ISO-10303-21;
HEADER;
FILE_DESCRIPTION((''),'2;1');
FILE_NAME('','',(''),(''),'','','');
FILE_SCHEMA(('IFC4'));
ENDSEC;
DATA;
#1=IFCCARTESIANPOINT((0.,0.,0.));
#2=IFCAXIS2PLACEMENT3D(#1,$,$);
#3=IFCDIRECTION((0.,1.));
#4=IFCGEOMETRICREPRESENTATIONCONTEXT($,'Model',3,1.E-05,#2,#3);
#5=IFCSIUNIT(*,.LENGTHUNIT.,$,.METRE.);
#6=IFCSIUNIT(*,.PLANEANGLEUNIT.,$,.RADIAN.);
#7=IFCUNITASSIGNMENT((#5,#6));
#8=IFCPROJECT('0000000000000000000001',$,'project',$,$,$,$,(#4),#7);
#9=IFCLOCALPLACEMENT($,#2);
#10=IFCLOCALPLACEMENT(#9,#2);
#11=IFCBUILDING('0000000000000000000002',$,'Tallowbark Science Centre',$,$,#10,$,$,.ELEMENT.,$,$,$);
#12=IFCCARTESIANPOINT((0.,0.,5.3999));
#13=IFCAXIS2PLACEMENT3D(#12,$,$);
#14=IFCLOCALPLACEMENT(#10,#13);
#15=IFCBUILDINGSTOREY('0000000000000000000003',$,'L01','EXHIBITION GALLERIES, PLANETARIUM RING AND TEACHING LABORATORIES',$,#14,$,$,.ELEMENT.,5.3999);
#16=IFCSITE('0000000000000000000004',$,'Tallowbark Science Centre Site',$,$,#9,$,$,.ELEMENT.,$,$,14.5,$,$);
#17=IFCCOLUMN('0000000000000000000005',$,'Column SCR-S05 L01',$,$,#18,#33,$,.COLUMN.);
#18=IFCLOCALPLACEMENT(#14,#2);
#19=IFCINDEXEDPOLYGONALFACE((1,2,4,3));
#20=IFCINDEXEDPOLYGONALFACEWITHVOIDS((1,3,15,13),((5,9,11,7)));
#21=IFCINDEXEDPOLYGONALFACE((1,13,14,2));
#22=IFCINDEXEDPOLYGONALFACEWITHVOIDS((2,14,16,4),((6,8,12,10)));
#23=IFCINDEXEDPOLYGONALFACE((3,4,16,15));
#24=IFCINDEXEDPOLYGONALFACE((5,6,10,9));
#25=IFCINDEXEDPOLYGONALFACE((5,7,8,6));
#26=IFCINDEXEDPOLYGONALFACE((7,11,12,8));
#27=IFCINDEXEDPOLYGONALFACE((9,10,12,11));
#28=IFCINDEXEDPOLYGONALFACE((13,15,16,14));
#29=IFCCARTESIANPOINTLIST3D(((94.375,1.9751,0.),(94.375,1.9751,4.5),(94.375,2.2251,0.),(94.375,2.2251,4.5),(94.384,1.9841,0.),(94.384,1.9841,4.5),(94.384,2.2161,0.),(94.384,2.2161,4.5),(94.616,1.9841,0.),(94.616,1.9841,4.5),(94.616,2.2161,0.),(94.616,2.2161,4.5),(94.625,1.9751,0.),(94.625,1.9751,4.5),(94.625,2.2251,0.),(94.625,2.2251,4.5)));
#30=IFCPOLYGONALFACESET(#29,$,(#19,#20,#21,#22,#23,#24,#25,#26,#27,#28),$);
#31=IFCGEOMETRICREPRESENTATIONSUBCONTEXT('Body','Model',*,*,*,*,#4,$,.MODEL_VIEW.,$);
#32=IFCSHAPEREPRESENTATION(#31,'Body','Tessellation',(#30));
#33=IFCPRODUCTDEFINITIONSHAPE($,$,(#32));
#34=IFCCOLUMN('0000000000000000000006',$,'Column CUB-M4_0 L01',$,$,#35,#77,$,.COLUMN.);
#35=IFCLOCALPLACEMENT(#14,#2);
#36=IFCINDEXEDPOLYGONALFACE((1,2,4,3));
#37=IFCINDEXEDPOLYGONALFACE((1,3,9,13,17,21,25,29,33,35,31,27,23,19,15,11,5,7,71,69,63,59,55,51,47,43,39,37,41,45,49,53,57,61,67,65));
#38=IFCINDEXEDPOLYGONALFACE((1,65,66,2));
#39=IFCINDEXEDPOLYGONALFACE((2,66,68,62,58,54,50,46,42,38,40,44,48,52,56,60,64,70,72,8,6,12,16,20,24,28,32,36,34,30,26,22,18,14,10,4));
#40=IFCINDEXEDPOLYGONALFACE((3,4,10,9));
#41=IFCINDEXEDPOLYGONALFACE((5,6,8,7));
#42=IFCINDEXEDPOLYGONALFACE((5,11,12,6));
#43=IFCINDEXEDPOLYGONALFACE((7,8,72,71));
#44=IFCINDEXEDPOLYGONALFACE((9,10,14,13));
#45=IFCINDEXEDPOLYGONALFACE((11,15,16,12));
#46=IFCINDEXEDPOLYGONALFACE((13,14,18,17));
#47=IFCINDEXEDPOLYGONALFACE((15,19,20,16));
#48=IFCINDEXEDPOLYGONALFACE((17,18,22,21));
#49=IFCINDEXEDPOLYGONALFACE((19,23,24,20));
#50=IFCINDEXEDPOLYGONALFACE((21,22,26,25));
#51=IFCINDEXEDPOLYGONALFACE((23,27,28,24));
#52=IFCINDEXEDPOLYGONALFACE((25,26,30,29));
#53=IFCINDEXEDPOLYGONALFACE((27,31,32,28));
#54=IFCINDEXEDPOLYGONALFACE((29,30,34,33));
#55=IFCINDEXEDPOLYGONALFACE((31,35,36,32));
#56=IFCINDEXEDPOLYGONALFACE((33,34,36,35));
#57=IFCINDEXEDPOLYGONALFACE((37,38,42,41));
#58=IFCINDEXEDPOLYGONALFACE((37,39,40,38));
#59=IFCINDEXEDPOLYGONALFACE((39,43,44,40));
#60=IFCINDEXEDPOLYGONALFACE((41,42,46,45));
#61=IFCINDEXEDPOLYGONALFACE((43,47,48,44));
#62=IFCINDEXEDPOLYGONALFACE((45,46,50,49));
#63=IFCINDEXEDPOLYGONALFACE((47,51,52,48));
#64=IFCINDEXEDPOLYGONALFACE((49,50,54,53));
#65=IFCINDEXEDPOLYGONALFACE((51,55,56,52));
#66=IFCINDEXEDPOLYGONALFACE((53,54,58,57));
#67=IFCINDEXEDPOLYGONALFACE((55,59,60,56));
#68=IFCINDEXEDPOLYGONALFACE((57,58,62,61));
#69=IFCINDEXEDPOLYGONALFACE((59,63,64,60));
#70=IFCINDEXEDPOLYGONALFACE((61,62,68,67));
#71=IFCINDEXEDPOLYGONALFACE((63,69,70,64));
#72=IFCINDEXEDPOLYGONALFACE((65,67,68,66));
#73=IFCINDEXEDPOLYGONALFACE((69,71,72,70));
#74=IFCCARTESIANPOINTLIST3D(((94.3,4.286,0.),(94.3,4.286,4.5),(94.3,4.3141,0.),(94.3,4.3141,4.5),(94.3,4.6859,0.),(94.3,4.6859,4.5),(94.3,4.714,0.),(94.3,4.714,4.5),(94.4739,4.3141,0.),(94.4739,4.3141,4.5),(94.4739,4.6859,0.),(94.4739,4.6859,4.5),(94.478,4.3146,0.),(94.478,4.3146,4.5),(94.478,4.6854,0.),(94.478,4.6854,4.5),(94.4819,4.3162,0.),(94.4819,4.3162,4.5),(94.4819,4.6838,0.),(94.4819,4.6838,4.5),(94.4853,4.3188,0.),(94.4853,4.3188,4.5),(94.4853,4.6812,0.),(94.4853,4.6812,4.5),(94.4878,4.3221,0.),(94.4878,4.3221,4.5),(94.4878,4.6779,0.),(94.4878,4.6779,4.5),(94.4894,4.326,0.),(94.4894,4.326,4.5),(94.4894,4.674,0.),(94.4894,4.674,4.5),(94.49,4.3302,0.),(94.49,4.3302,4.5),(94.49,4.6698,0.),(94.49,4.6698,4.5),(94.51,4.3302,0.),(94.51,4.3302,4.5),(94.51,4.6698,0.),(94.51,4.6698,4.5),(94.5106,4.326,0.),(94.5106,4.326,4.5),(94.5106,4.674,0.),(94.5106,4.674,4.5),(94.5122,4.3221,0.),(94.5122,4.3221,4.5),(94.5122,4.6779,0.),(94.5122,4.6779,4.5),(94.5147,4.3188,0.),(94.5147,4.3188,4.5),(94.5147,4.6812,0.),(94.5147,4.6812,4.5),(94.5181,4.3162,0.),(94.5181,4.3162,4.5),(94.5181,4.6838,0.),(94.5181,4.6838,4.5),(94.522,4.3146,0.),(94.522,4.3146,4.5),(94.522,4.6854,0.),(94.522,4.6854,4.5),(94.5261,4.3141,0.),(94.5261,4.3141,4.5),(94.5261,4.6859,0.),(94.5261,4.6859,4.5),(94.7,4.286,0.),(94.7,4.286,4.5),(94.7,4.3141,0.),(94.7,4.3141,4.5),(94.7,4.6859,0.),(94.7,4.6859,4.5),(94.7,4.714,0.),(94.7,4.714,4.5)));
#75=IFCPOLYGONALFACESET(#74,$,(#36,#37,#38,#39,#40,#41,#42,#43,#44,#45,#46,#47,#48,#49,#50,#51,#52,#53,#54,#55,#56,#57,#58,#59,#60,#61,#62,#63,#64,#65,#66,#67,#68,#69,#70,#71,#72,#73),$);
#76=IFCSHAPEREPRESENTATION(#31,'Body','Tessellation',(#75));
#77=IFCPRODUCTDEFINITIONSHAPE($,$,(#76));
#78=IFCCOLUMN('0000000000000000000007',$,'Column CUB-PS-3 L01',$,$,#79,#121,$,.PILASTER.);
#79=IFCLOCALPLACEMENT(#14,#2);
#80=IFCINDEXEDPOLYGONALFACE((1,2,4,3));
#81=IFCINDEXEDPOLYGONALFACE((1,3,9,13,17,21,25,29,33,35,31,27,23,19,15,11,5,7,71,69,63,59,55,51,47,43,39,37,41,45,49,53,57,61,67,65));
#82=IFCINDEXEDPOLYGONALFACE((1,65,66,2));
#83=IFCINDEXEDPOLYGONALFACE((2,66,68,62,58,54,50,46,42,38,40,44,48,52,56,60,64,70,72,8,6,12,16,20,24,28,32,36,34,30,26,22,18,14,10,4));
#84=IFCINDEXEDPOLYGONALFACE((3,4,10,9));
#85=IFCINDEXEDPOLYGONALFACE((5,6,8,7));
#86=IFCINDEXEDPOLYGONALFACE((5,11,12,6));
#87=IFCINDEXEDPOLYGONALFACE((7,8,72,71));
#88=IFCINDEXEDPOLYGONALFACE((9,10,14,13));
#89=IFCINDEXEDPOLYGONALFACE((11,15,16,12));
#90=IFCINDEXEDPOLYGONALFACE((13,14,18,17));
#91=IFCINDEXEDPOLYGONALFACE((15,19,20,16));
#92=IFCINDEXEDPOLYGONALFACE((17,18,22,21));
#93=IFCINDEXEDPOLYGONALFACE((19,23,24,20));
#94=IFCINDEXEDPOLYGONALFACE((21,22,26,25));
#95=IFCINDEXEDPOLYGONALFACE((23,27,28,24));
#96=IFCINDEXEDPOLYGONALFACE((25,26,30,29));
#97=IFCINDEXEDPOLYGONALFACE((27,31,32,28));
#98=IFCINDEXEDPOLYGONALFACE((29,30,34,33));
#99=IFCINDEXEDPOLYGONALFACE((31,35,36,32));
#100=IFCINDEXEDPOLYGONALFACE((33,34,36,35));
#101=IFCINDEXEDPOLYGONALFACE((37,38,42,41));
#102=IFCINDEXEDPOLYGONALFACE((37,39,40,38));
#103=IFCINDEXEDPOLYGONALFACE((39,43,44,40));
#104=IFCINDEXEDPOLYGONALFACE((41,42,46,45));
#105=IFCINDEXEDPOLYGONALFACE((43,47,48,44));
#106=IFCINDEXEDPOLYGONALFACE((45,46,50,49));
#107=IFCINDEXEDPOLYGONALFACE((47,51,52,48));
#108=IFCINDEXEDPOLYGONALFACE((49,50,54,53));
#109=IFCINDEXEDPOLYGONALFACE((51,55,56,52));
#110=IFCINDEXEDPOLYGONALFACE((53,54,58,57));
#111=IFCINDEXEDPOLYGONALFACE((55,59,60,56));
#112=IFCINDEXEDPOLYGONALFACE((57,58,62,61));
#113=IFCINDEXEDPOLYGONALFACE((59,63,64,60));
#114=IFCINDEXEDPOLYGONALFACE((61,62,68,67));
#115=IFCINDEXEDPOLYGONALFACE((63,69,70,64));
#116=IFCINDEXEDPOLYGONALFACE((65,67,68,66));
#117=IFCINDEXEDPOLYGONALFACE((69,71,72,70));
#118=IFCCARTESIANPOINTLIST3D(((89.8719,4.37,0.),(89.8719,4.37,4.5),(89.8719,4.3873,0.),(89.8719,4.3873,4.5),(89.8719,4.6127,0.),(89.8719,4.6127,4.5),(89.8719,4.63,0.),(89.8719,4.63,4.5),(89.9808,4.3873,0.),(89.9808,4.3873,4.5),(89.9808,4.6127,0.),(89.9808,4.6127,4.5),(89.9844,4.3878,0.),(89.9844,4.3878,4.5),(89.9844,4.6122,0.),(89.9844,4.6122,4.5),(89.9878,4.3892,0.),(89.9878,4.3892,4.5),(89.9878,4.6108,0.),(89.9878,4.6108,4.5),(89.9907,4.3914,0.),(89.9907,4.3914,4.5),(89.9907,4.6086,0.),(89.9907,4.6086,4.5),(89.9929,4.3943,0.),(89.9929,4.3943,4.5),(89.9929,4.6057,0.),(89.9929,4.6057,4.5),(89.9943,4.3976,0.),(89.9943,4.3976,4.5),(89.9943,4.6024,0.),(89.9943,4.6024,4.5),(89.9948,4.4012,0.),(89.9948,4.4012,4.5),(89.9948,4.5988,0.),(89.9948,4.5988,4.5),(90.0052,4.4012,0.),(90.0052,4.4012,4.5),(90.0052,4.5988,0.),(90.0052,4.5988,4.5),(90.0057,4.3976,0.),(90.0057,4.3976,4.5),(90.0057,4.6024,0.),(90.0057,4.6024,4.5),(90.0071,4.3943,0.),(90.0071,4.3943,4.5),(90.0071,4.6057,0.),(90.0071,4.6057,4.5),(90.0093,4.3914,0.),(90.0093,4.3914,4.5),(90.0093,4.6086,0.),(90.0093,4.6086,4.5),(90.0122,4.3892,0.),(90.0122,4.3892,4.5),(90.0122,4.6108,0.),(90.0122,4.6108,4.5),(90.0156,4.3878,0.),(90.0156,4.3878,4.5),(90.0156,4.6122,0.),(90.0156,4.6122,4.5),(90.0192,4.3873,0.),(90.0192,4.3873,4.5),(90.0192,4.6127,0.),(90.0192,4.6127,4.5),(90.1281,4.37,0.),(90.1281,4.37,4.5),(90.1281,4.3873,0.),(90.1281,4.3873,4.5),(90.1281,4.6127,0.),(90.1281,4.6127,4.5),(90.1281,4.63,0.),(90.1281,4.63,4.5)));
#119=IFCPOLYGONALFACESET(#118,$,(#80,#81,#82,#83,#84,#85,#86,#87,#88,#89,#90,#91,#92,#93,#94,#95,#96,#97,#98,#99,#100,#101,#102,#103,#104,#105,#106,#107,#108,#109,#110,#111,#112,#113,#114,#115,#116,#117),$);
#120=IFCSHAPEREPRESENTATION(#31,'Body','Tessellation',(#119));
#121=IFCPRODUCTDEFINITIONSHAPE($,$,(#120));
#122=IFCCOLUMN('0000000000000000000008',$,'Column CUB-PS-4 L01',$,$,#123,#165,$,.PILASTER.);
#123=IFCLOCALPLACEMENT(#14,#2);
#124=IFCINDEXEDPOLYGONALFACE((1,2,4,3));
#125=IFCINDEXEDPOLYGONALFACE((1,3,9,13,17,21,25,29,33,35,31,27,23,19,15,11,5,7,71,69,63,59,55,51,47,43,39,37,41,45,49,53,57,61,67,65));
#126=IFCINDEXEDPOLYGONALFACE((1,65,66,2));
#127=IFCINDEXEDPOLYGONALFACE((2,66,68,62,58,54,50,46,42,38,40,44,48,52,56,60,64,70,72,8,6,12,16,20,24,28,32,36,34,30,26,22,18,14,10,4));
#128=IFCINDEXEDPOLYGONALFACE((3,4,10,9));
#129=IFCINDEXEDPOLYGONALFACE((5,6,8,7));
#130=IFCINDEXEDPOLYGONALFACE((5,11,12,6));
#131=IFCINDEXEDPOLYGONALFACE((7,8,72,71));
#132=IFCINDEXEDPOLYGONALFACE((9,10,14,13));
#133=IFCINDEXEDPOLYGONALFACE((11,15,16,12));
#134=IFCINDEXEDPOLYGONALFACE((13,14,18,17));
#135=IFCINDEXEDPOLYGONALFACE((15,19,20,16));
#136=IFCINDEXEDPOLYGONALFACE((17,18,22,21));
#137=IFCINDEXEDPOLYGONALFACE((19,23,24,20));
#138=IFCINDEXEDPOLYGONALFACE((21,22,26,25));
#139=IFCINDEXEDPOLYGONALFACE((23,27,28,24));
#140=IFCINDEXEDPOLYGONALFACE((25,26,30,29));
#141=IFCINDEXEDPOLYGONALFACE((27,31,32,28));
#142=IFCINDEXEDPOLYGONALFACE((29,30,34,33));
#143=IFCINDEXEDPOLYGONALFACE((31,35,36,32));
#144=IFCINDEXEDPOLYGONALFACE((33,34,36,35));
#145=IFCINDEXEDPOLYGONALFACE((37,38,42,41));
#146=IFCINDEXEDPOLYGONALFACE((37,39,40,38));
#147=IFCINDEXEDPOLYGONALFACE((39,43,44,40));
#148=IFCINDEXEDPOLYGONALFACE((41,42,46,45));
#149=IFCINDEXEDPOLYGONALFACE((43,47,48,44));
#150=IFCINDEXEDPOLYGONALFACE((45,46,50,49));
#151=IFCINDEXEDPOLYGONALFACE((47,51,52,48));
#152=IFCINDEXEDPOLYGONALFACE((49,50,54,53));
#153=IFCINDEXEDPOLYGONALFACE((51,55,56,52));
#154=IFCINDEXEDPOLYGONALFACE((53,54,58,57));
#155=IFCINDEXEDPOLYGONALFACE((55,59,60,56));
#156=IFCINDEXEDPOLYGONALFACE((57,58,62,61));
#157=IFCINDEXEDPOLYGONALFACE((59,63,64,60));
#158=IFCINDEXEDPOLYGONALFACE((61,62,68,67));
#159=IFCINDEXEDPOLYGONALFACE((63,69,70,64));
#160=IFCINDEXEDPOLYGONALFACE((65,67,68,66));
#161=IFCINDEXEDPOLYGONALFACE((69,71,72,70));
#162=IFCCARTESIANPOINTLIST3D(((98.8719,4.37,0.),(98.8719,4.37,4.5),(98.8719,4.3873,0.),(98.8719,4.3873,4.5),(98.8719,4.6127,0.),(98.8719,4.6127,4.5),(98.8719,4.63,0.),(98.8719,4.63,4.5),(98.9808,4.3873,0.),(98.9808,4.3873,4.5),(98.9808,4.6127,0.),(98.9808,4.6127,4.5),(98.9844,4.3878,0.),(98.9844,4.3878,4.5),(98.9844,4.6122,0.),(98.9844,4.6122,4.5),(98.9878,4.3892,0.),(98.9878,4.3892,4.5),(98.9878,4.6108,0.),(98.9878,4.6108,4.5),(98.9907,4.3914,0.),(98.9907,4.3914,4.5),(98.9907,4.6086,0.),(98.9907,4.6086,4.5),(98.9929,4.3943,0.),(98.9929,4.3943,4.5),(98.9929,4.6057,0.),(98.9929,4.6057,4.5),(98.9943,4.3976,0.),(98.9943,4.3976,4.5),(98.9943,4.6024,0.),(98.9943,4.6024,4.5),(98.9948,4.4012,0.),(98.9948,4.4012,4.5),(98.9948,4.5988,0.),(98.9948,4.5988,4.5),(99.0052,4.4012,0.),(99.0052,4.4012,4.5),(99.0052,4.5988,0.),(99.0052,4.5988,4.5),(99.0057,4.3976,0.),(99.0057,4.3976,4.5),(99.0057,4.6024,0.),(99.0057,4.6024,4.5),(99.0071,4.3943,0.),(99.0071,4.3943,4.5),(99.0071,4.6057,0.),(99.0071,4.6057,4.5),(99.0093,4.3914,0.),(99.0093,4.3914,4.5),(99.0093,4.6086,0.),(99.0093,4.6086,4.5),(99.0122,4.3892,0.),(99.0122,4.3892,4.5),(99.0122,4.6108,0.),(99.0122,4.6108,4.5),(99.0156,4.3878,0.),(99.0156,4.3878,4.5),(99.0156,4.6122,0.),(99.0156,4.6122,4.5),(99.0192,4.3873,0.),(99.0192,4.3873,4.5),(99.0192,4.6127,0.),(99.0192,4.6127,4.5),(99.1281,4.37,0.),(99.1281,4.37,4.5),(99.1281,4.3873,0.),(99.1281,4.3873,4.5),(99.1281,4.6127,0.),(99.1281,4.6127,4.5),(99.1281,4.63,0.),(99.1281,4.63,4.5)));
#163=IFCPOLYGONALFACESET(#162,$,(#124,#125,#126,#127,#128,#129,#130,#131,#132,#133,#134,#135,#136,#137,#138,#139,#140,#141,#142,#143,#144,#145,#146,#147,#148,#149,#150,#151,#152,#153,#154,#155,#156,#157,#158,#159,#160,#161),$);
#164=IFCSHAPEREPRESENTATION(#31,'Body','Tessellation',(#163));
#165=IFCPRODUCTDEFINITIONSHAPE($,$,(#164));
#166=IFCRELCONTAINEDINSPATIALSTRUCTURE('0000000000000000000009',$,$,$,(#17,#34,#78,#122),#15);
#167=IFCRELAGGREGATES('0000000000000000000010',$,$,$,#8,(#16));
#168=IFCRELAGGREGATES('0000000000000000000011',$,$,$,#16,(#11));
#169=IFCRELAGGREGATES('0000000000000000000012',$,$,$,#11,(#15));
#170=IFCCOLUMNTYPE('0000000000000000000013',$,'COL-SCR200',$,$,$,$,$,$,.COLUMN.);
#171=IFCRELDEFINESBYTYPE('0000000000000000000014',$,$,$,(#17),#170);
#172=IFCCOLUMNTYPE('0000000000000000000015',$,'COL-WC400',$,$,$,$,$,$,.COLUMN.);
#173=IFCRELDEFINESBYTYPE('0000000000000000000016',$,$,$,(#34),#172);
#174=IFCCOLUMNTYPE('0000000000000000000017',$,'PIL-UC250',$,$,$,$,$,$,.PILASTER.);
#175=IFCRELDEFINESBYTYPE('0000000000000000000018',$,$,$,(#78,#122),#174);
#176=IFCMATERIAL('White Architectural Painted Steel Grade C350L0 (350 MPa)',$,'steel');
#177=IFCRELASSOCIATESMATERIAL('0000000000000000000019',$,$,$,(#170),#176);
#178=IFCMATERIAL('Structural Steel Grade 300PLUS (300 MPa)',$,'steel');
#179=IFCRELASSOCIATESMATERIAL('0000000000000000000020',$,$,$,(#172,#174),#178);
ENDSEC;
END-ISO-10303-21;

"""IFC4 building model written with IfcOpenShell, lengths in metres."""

from ifc_helpers import new_model, si_unit, direction, frame, origin, origin_2d, place, context, subcontext, project, spatial, hollow_rectangle, i_section, extrude, material, material_profile, profile_set, type_object, element, save


model = new_model("IFC4")

# Units and contexts
model_context = context("Model", 3, precision=1e-05, world=origin(), true_north=direction((0.0, 1.0)))
body_context = subcontext(model_context, "Body", "Model", "MODEL_VIEW")
ifc_project = project(units=[si_unit("LENGTHUNIT", "METRE"), si_unit("PLANEANGLEUNIT", "RADIAN")], contexts=[model_context])

# Site, building, storey
site_placement = place(None, origin())
site = spatial("IfcSite", under=ifc_project, at=site_placement, Name="Tallowbark Science Centre Site", CompositionType="ELEMENT", RefElevation=14.5)
building_placement = place(site_placement, origin())
building = spatial("IfcBuilding", under=site, at=building_placement, Name="Tallowbark Science Centre", CompositionType="ELEMENT")
storey_placement = place(building_placement, frame((0.0, 0.0, 5.3999)))
storey = spatial("IfcBuildingStorey", under=building, at=storey_placement, Name="L01", Description="EXHIBITION GALLERIES, PLANETARIUM RING AND TEACHING LABORATORIES", CompositionType="ELEMENT", Elevation=5.3999)

# Columns
ifc_material_1 = material(Name="White Architectural Painted Steel Grade C350L0 (350 MPa)", Category="steel")
ifc_material_profile_1 = material_profile(ifc_material_1, hollow_rectangle(XDim=0.25, YDim=0.25, WallThickness=0.009, at=origin_2d()), Name="250x250x9.0SHS")
ifc_profile_set_1 = profile_set([ifc_material_profile_1], Name="White Architectural Painted Steel Grade C350L0 (350 MPa)")
column_type_1 = type_object("IfcColumnType", Name="COL-SCR200", PredefinedType="COLUMN", material=ifc_profile_set_1)
column_1_placement = place(storey_placement, frame((94.5, 2.1001, 0.0), z_axis=(0.0, 0.0, 1.0), x_axis=(1.0, 0.0, 0.0)))
element("IfcColumn", 1, at=column_1_placement, inside=storey, type_object=column_type_1, Name="Column SCR-S05 L01", PredefinedType="COLUMN", context=body_context, shape_type="SweptSolid", body=[
    extrude(hollow_rectangle(XDim=0.25, YDim=0.25, WallThickness=0.009, at=origin_2d()), origin(), (0.0, 0.0, 1.0), 4.5),
])
ifc_material_2 = material(Name="Structural Steel Grade 300PLUS (300 MPa)", Category="steel")
ifc_material_profile_2 = material_profile(ifc_material_2, i_section(OverallWidth=0.3999, OverallDepth=0.428, WebThickness=0.02, FlangeThickness=0.0281, FilletRadius=0.0161, at=origin_2d()), Name="400WC270")
ifc_profile_set_2 = profile_set([ifc_material_profile_2], Name="Structural Steel Grade 300PLUS (300 MPa)")
column_type_2 = type_object("IfcColumnType", Name="COL-WC400", PredefinedType="COLUMN", material=ifc_profile_set_2)
column_2_placement = place(storey_placement, frame((94.5, 4.5, 0.0), z_axis=(0.0, 0.0, 1.0), x_axis=(1.0, 0.0, 0.0)))
element("IfcColumn", 2, at=column_2_placement, inside=storey, type_object=column_type_2, Name="Column CUB-M4_0 L01", PredefinedType="COLUMN", context=body_context, shape_type="SweptSolid", body=[
    extrude(i_section(OverallWidth=0.3999, OverallDepth=0.428, WebThickness=0.02, FlangeThickness=0.0281, FilletRadius=0.0161, at=origin_2d()), origin(), (0.0, 0.0, 1.0), 4.5),
])
ifc_material_profile_3 = material_profile(ifc_material_2, i_section(OverallWidth=0.2561, OverallDepth=0.26, WebThickness=0.0105, FlangeThickness=0.0173, FilletRadius=0.0139, at=origin_2d()), Name="250UC89.5")
ifc_profile_set_3 = profile_set([ifc_material_profile_3], Name="Structural Steel Grade 300PLUS (300 MPa)")
column_type_3 = type_object("IfcColumnType", Name="PIL-UC250", PredefinedType="PILASTER", material=ifc_profile_set_3)
for number, where, z_axis, x_axis, name in (
    (3, (90.0, 4.5, 0.0), (0.0, 0.0, 1.0), (1.0, 0.0, 0.0), "Column CUB-PS-3 L01"),
    (4, (99.0, 4.5, 0.0), (0.0, 0.0, 1.0), (1.0, 0.0, 0.0), "Column CUB-PS-4 L01"),
):
    element("IfcColumn", number, at=place(storey_placement, frame(where, z_axis=z_axis, x_axis=x_axis)), inside=storey, type_object=column_type_3, Name=name, PredefinedType="PILASTER", context=body_context, shape_type="SweptSolid", body=[
        extrude(i_section(OverallWidth=0.2561, OverallDepth=0.26, WebThickness=0.0105, FlangeThickness=0.0173, FilletRadius=0.0139, at=origin_2d()), origin(), (0.0, 0.0, 1.0), 4.5),
    ])

save(model, "model.ifc")
